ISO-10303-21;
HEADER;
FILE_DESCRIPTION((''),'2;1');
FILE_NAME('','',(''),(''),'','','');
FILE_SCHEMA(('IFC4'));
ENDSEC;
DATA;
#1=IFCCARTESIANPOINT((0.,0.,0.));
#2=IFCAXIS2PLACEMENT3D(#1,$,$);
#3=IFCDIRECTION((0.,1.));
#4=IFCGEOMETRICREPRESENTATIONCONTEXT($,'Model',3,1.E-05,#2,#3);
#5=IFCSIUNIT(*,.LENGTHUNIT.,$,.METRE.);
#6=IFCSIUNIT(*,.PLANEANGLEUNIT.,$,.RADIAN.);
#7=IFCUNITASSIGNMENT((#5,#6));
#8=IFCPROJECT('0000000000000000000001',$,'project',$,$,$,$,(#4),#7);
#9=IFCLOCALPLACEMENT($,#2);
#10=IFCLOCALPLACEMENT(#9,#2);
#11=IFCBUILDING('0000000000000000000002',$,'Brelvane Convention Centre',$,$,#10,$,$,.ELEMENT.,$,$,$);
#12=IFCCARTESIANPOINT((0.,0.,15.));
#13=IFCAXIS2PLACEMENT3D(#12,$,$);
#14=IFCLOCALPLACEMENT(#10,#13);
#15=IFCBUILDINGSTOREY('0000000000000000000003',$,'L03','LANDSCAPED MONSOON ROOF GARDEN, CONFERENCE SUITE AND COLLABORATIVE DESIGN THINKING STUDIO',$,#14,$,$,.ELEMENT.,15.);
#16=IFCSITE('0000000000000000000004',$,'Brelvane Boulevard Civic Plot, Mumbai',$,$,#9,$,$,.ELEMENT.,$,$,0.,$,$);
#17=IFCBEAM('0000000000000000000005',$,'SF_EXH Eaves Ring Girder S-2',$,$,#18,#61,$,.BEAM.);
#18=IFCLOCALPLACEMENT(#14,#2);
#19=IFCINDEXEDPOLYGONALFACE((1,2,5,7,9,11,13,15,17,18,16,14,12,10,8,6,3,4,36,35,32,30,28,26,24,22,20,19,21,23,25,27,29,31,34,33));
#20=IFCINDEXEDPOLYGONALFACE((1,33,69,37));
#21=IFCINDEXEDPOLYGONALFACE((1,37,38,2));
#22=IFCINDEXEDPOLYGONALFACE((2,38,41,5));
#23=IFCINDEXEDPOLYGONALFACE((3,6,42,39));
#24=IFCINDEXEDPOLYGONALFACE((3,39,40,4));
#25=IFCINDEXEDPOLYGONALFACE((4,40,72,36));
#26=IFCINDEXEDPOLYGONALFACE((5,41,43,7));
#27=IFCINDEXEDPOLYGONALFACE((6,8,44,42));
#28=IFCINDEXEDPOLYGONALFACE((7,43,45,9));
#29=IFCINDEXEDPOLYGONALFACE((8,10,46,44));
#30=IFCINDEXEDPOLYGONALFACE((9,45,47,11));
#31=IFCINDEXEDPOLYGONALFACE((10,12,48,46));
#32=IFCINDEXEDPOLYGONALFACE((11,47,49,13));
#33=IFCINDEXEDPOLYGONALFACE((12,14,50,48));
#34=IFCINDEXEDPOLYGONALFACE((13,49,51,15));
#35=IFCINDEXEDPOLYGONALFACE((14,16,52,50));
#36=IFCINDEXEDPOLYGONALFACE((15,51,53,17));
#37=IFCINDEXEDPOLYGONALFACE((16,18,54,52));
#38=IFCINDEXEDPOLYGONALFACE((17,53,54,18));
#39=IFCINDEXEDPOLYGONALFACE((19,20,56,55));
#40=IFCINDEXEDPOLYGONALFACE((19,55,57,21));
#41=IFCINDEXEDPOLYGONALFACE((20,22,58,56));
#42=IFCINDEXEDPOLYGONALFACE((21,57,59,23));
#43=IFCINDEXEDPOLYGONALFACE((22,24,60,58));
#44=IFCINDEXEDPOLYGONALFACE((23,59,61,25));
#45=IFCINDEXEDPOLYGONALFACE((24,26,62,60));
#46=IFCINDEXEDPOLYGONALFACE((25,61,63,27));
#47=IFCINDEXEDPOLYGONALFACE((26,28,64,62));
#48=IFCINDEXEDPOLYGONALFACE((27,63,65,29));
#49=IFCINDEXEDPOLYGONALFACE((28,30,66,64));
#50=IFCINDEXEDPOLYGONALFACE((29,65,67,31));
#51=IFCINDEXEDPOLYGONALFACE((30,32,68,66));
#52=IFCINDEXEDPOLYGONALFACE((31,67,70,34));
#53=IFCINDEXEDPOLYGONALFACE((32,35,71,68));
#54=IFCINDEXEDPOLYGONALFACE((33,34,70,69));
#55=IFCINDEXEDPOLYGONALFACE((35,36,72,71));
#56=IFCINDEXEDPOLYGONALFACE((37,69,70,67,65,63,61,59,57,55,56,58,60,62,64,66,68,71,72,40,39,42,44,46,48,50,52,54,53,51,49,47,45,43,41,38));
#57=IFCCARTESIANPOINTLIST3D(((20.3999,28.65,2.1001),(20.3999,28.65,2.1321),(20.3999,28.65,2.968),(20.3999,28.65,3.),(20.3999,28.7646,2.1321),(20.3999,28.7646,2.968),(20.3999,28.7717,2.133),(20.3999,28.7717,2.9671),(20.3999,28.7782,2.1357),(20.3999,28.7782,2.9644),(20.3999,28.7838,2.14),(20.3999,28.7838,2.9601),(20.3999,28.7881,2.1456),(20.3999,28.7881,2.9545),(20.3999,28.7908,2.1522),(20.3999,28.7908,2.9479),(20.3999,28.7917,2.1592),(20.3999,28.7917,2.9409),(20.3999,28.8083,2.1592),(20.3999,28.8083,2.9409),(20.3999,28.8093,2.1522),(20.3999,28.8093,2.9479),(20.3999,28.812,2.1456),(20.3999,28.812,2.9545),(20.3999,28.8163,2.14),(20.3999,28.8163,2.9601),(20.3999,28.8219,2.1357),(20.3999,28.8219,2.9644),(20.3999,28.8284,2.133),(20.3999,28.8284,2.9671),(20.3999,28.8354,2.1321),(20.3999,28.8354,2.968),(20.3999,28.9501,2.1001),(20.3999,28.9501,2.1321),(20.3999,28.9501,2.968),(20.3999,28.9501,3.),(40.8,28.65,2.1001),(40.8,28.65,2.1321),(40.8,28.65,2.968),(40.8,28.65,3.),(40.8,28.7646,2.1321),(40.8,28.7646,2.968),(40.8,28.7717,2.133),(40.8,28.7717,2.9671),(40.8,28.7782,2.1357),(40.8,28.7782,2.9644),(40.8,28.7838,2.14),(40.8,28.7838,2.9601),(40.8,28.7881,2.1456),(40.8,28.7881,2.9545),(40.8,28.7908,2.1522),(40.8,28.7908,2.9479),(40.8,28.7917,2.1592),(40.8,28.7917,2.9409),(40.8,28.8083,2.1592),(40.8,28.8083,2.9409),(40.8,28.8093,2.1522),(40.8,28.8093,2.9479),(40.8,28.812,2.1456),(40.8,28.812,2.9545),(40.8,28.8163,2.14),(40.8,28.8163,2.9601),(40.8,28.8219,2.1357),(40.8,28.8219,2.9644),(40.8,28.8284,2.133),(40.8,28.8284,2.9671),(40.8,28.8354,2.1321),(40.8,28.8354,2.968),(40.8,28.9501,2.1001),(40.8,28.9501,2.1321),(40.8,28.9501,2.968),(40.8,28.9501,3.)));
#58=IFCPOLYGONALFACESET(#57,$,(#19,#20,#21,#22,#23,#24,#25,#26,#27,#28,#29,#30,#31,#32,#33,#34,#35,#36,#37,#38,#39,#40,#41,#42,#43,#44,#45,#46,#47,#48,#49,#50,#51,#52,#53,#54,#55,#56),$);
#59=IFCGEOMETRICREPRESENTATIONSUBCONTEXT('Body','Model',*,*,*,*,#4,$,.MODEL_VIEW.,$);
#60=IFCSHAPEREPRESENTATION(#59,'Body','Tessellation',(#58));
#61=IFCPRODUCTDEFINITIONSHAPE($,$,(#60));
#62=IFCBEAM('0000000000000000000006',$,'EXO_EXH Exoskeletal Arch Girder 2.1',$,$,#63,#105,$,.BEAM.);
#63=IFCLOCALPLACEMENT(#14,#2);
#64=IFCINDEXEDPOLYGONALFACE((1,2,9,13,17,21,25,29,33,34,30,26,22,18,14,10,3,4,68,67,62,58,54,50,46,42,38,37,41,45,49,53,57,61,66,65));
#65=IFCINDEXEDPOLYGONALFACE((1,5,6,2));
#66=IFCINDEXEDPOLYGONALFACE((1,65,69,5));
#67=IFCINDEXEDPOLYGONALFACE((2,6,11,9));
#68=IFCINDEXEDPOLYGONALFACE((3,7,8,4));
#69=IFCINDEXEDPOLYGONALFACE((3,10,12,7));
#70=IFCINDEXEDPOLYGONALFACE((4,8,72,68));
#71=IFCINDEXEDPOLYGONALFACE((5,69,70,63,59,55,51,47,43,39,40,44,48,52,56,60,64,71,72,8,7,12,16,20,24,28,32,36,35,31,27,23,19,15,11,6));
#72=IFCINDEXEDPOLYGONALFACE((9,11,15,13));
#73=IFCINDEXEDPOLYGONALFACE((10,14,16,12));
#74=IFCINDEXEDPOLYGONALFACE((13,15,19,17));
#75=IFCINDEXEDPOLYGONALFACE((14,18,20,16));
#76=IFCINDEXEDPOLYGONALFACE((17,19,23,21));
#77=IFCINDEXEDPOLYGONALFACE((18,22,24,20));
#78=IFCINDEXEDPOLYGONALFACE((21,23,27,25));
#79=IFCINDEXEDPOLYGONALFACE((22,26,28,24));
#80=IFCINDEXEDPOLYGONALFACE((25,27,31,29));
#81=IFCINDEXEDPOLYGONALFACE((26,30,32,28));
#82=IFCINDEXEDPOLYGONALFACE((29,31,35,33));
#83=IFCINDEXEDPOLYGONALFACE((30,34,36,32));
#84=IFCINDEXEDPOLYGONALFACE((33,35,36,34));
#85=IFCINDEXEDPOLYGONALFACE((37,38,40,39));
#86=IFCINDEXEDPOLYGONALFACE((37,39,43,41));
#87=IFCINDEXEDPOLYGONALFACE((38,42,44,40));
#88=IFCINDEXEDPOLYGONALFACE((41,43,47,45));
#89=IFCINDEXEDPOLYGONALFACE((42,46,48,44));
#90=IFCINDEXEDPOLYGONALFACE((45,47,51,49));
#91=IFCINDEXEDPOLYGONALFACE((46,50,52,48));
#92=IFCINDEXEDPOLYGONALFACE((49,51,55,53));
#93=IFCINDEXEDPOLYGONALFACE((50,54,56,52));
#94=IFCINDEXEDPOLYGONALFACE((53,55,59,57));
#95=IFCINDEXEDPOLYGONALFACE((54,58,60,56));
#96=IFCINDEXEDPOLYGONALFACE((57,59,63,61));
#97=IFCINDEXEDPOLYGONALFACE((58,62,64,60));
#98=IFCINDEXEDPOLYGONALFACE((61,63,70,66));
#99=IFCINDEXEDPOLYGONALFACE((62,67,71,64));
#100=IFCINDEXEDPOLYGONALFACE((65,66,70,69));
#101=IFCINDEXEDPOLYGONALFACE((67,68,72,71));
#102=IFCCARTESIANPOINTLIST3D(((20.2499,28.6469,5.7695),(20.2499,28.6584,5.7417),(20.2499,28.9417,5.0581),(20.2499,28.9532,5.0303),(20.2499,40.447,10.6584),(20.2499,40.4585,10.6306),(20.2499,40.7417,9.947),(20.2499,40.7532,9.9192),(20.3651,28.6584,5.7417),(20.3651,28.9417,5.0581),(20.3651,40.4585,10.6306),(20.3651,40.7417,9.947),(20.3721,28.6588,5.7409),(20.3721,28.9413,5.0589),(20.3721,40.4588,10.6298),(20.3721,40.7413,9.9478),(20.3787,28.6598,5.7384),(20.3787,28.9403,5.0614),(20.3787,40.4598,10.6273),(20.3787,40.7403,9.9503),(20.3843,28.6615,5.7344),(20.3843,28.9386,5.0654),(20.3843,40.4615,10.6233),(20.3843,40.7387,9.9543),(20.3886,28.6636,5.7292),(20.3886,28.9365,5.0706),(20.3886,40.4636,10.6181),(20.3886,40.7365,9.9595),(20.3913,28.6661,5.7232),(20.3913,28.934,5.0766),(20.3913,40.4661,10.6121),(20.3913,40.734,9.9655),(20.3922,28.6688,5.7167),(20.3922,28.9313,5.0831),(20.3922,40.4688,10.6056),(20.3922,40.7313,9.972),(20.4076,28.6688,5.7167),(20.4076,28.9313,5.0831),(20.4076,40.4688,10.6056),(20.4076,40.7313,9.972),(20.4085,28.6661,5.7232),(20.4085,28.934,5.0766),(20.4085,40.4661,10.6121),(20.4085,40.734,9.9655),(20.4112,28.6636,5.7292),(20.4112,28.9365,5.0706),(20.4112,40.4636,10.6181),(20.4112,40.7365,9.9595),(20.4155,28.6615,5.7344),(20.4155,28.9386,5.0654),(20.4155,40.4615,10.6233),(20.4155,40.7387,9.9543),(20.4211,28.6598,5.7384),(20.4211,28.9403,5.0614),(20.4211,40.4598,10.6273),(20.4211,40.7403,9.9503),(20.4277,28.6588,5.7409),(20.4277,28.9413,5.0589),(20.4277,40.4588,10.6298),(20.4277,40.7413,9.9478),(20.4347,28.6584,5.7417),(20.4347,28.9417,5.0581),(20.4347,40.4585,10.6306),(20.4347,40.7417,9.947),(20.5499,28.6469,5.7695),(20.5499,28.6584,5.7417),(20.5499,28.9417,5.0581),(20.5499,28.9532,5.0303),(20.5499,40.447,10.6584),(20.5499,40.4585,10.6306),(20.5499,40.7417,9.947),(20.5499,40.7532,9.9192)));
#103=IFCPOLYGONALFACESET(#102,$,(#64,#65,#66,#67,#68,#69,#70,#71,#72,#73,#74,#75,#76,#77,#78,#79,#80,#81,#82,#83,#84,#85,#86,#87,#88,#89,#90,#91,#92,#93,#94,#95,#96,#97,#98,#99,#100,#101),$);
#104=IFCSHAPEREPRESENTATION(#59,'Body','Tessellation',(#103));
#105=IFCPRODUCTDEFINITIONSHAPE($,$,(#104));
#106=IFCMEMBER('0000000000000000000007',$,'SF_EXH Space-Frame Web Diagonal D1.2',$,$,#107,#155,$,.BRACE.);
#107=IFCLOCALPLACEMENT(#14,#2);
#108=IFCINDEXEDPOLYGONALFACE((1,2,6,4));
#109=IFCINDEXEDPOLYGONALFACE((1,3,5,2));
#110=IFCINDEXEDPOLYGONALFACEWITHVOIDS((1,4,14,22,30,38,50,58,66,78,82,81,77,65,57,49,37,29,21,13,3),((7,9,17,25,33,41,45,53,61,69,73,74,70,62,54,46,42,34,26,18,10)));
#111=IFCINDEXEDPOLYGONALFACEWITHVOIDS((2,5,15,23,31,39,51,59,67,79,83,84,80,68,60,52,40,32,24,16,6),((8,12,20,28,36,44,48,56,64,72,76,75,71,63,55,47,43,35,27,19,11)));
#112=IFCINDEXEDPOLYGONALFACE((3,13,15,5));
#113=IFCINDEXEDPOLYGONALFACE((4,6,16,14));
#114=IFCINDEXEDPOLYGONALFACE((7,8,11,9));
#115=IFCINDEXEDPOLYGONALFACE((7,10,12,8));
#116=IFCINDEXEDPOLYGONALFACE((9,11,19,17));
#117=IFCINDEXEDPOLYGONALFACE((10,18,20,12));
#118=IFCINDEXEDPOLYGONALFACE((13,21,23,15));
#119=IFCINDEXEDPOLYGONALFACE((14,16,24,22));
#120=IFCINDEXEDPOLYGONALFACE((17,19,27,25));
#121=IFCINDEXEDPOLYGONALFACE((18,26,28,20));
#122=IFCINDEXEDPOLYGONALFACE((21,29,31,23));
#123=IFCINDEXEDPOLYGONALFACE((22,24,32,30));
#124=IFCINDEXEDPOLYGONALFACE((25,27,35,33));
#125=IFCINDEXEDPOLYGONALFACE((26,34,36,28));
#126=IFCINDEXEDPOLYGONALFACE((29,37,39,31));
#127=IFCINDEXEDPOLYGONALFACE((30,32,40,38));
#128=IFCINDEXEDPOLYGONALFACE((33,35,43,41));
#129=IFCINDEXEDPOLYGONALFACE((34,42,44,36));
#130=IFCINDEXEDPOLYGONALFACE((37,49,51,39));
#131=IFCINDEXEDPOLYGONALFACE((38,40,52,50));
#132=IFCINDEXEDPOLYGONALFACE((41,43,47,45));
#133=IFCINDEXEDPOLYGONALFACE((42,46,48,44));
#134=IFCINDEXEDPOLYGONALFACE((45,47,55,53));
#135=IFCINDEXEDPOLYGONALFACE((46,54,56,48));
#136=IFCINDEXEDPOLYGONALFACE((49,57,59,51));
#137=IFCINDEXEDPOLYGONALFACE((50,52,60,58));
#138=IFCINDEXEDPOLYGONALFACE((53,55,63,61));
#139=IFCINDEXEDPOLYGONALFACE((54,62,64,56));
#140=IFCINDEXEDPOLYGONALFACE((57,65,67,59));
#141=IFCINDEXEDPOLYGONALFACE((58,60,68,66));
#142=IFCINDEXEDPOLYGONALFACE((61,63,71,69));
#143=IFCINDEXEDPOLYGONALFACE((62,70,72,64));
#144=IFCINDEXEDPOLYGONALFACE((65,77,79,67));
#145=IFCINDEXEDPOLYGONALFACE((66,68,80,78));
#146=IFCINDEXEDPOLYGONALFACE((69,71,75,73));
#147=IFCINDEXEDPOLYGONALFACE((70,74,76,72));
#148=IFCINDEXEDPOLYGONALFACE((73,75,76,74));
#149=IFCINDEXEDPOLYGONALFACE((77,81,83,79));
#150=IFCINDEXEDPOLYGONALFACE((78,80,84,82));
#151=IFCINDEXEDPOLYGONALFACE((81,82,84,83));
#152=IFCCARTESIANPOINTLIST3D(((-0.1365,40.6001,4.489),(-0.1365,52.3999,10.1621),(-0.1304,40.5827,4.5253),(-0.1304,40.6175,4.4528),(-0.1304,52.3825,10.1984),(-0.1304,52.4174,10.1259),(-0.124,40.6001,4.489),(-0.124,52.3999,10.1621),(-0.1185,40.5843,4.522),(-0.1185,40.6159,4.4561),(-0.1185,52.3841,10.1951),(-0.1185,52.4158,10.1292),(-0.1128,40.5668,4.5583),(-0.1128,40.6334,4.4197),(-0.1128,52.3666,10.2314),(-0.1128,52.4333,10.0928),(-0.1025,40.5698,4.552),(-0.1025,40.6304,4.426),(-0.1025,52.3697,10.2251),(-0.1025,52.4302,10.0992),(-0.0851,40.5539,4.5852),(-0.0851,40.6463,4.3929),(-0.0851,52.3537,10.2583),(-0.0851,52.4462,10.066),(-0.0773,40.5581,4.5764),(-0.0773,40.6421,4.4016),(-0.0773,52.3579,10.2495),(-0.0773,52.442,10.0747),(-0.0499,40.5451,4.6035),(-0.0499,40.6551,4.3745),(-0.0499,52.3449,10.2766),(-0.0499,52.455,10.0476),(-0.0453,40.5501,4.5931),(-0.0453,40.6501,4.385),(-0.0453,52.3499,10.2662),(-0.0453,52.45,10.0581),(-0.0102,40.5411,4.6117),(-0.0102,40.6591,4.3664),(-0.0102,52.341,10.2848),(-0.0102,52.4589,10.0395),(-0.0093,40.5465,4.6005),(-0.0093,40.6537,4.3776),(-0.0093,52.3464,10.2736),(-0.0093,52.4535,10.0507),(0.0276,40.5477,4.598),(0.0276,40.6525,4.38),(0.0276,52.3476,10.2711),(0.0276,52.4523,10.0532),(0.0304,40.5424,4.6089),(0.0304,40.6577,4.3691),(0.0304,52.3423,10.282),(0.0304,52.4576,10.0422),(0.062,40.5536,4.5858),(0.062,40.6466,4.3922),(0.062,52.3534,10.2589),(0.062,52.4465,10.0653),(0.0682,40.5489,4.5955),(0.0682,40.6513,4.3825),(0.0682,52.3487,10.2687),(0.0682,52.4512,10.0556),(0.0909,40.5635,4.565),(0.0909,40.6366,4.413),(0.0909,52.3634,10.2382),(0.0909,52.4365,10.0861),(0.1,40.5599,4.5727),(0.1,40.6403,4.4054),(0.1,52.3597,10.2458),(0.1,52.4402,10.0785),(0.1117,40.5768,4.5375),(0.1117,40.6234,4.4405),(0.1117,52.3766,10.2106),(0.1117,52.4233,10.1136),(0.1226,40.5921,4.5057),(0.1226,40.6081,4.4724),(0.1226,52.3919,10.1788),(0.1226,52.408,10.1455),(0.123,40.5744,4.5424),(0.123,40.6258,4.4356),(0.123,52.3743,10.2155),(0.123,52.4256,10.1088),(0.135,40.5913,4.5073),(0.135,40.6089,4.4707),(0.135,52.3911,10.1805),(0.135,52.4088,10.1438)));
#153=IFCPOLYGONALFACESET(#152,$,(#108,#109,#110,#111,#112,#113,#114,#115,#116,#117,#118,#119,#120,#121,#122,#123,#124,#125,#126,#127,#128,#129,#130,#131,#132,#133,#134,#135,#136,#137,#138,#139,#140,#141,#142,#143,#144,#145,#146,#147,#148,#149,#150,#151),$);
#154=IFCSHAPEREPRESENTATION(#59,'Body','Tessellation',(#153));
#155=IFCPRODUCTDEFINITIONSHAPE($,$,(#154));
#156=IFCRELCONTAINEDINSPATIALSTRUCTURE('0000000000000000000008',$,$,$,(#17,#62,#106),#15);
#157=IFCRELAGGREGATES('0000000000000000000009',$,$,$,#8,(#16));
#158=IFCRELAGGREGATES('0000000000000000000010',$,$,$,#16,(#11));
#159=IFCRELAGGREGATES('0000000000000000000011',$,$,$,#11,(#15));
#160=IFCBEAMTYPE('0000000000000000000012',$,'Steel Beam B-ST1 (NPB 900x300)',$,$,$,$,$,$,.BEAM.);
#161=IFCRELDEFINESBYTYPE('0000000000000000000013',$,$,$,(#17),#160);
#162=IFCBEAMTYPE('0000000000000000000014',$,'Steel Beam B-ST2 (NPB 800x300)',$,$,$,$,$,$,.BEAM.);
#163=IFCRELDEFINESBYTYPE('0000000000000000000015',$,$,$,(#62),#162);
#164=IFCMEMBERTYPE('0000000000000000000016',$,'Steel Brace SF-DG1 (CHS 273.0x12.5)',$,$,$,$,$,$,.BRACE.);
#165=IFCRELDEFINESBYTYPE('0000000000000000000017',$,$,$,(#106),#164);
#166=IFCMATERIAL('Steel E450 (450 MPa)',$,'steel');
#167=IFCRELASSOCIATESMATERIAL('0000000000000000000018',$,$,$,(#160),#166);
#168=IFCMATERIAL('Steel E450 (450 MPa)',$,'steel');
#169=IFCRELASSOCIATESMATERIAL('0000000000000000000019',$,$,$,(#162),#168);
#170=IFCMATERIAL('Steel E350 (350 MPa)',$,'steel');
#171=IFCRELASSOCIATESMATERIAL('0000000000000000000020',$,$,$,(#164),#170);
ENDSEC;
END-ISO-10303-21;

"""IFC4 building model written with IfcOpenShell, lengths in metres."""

from ifc_helpers import new_model, si_unit, direction, frame, origin, origin_2d, place, context, subcontext, project, spatial, hollow_circle, i_section, extrude, material, material_profile, profile_set, type_object, element, save


model = new_model("IFC4")

# Units and contexts
model_context = context("Model", 3, precision=1e-05, world=origin(), true_north=direction((0.0, 1.0)))
body_context = subcontext(model_context, "Body", "Model", "MODEL_VIEW")
ifc_project = project(units=[si_unit("LENGTHUNIT", "METRE"), si_unit("PLANEANGLEUNIT", "RADIAN")], contexts=[model_context])

# Site, building, storey
site_placement = place(None, origin())
site = spatial("IfcSite", under=ifc_project, at=site_placement, Name="Brelvane Boulevard Civic Plot, Mumbai", CompositionType="ELEMENT", RefElevation=0.0)
building_placement = place(site_placement, origin())
building = spatial("IfcBuilding", under=site, at=building_placement, Name="Brelvane Convention Centre", CompositionType="ELEMENT")
storey_placement = place(building_placement, frame((0.0, 0.0, 15.0)))
storey = spatial("IfcBuildingStorey", under=building, at=storey_placement, Name="L03", Description="LANDSCAPED MONSOON ROOF GARDEN, CONFERENCE SUITE AND COLLABORATIVE DESIGN THINKING STUDIO", CompositionType="ELEMENT", Elevation=15.0)

# Beams
ifc_material_1 = material(Name="Steel E450 (450 MPa)", Category="steel")
ifc_material_profile_1 = material_profile(ifc_material_1, i_section(OverallWidth=0.3, OverallDepth=0.8999, WebThickness=0.0166, FlangeThickness=0.032, FilletRadius=0.0271, at=origin_2d()), Name="NPB 900x300")
ifc_profile_set_1 = profile_set([ifc_material_profile_1], Name="Steel E450 (450 MPa)")
beam_type_1 = type_object("IfcBeamType", Name="Steel Beam B-ST1 (NPB 900x300)", PredefinedType="BEAM", material=ifc_profile_set_1)
beam_1_placement = place(storey_placement, frame((20.3999, 28.8, 2.55), z_axis=(1.0, 0.0, 0.0), x_axis=(0.0, 1.0, 0.0)))
element("IfcBeam", 1, at=beam_1_placement, inside=storey, type_object=beam_type_1, Name="SF_EXH Eaves Ring Girder S-2", PredefinedType="BEAM", context=body_context, shape_type="SweptSolid", body=[
    extrude(i_section(OverallWidth=0.3, OverallDepth=0.8999, WebThickness=0.0166, FlangeThickness=0.032, FilletRadius=0.0271, at=origin_2d()), origin(), (0.0, 0.0, 1.0), 20.4001),
])
ifc_material_2 = material(Name="Steel E450 (450 MPa)", Category="steel")
ifc_material_profile_2 = material_profile(ifc_material_2, i_section(OverallWidth=0.3, OverallDepth=0.8, WebThickness=0.0154, FlangeThickness=0.03, FilletRadius=0.0271, at=origin_2d()), Name="NPB 800x300")
ifc_profile_set_2 = profile_set([ifc_material_profile_2], Name="Steel E450 (450 MPa)")
beam_type_2 = type_object("IfcBeamType", Name="Steel Beam B-ST2 (NPB 800x300)", PredefinedType="BEAM", material=ifc_profile_set_2)
beam_2_placement = place(storey_placement, frame((20.3999, 28.8, 5.3999), z_axis=(0.0, 0.923847, 0.382762), x_axis=(-1.0, 0.0, 0.0)))
element("IfcBeam", 2, at=beam_2_placement, inside=storey, type_object=beam_type_2, Name="EXO_EXH Exoskeletal Arch Girder 2.1", PredefinedType="BEAM", context=body_context, shape_type="SweptSolid", body=[
    extrude(i_section(OverallWidth=0.3, OverallDepth=0.8, WebThickness=0.0154, FlangeThickness=0.03, FilletRadius=0.0271, at=origin_2d()), origin(), (0.0, 0.0, 1.0), 12.7727),
])

# Member
ifc_material_3 = material(Name="Steel E350 (350 MPa)", Category="steel")
ifc_material_profile_3 = material_profile(ifc_material_3, hollow_circle(Radius=0.1365, WallThickness=0.0125, at=origin_2d()), Name="CHS 273.0x12.5")
ifc_profile_set_3 = profile_set([ifc_material_profile_3], Name="Steel E350 (350 MPa)")
member_type_1 = type_object("IfcMemberType", Name="Steel Brace SF-DG1 (CHS 273.0x12.5)", PredefinedType="BRACE", material=ifc_profile_set_3)
member_1_placement = place(storey_placement, frame((0.0, 40.6001, 4.489), z_axis=(0.0, 0.901249, 0.433301), x_axis=(-1.0, 0.0, 0.0)))
element("IfcMember", 3, at=member_1_placement, inside=storey, type_object=member_type_1, Name="SF_EXH Space-Frame Web Diagonal D1.2", PredefinedType="BRACE", context=body_context, shape_type="SweptSolid", body=[
    extrude(hollow_circle(Radius=0.1365, WallThickness=0.0125, at=origin_2d()), origin(), (0.0, 0.0, 1.0), 13.0928),
])

save(model, "model.ifc")
